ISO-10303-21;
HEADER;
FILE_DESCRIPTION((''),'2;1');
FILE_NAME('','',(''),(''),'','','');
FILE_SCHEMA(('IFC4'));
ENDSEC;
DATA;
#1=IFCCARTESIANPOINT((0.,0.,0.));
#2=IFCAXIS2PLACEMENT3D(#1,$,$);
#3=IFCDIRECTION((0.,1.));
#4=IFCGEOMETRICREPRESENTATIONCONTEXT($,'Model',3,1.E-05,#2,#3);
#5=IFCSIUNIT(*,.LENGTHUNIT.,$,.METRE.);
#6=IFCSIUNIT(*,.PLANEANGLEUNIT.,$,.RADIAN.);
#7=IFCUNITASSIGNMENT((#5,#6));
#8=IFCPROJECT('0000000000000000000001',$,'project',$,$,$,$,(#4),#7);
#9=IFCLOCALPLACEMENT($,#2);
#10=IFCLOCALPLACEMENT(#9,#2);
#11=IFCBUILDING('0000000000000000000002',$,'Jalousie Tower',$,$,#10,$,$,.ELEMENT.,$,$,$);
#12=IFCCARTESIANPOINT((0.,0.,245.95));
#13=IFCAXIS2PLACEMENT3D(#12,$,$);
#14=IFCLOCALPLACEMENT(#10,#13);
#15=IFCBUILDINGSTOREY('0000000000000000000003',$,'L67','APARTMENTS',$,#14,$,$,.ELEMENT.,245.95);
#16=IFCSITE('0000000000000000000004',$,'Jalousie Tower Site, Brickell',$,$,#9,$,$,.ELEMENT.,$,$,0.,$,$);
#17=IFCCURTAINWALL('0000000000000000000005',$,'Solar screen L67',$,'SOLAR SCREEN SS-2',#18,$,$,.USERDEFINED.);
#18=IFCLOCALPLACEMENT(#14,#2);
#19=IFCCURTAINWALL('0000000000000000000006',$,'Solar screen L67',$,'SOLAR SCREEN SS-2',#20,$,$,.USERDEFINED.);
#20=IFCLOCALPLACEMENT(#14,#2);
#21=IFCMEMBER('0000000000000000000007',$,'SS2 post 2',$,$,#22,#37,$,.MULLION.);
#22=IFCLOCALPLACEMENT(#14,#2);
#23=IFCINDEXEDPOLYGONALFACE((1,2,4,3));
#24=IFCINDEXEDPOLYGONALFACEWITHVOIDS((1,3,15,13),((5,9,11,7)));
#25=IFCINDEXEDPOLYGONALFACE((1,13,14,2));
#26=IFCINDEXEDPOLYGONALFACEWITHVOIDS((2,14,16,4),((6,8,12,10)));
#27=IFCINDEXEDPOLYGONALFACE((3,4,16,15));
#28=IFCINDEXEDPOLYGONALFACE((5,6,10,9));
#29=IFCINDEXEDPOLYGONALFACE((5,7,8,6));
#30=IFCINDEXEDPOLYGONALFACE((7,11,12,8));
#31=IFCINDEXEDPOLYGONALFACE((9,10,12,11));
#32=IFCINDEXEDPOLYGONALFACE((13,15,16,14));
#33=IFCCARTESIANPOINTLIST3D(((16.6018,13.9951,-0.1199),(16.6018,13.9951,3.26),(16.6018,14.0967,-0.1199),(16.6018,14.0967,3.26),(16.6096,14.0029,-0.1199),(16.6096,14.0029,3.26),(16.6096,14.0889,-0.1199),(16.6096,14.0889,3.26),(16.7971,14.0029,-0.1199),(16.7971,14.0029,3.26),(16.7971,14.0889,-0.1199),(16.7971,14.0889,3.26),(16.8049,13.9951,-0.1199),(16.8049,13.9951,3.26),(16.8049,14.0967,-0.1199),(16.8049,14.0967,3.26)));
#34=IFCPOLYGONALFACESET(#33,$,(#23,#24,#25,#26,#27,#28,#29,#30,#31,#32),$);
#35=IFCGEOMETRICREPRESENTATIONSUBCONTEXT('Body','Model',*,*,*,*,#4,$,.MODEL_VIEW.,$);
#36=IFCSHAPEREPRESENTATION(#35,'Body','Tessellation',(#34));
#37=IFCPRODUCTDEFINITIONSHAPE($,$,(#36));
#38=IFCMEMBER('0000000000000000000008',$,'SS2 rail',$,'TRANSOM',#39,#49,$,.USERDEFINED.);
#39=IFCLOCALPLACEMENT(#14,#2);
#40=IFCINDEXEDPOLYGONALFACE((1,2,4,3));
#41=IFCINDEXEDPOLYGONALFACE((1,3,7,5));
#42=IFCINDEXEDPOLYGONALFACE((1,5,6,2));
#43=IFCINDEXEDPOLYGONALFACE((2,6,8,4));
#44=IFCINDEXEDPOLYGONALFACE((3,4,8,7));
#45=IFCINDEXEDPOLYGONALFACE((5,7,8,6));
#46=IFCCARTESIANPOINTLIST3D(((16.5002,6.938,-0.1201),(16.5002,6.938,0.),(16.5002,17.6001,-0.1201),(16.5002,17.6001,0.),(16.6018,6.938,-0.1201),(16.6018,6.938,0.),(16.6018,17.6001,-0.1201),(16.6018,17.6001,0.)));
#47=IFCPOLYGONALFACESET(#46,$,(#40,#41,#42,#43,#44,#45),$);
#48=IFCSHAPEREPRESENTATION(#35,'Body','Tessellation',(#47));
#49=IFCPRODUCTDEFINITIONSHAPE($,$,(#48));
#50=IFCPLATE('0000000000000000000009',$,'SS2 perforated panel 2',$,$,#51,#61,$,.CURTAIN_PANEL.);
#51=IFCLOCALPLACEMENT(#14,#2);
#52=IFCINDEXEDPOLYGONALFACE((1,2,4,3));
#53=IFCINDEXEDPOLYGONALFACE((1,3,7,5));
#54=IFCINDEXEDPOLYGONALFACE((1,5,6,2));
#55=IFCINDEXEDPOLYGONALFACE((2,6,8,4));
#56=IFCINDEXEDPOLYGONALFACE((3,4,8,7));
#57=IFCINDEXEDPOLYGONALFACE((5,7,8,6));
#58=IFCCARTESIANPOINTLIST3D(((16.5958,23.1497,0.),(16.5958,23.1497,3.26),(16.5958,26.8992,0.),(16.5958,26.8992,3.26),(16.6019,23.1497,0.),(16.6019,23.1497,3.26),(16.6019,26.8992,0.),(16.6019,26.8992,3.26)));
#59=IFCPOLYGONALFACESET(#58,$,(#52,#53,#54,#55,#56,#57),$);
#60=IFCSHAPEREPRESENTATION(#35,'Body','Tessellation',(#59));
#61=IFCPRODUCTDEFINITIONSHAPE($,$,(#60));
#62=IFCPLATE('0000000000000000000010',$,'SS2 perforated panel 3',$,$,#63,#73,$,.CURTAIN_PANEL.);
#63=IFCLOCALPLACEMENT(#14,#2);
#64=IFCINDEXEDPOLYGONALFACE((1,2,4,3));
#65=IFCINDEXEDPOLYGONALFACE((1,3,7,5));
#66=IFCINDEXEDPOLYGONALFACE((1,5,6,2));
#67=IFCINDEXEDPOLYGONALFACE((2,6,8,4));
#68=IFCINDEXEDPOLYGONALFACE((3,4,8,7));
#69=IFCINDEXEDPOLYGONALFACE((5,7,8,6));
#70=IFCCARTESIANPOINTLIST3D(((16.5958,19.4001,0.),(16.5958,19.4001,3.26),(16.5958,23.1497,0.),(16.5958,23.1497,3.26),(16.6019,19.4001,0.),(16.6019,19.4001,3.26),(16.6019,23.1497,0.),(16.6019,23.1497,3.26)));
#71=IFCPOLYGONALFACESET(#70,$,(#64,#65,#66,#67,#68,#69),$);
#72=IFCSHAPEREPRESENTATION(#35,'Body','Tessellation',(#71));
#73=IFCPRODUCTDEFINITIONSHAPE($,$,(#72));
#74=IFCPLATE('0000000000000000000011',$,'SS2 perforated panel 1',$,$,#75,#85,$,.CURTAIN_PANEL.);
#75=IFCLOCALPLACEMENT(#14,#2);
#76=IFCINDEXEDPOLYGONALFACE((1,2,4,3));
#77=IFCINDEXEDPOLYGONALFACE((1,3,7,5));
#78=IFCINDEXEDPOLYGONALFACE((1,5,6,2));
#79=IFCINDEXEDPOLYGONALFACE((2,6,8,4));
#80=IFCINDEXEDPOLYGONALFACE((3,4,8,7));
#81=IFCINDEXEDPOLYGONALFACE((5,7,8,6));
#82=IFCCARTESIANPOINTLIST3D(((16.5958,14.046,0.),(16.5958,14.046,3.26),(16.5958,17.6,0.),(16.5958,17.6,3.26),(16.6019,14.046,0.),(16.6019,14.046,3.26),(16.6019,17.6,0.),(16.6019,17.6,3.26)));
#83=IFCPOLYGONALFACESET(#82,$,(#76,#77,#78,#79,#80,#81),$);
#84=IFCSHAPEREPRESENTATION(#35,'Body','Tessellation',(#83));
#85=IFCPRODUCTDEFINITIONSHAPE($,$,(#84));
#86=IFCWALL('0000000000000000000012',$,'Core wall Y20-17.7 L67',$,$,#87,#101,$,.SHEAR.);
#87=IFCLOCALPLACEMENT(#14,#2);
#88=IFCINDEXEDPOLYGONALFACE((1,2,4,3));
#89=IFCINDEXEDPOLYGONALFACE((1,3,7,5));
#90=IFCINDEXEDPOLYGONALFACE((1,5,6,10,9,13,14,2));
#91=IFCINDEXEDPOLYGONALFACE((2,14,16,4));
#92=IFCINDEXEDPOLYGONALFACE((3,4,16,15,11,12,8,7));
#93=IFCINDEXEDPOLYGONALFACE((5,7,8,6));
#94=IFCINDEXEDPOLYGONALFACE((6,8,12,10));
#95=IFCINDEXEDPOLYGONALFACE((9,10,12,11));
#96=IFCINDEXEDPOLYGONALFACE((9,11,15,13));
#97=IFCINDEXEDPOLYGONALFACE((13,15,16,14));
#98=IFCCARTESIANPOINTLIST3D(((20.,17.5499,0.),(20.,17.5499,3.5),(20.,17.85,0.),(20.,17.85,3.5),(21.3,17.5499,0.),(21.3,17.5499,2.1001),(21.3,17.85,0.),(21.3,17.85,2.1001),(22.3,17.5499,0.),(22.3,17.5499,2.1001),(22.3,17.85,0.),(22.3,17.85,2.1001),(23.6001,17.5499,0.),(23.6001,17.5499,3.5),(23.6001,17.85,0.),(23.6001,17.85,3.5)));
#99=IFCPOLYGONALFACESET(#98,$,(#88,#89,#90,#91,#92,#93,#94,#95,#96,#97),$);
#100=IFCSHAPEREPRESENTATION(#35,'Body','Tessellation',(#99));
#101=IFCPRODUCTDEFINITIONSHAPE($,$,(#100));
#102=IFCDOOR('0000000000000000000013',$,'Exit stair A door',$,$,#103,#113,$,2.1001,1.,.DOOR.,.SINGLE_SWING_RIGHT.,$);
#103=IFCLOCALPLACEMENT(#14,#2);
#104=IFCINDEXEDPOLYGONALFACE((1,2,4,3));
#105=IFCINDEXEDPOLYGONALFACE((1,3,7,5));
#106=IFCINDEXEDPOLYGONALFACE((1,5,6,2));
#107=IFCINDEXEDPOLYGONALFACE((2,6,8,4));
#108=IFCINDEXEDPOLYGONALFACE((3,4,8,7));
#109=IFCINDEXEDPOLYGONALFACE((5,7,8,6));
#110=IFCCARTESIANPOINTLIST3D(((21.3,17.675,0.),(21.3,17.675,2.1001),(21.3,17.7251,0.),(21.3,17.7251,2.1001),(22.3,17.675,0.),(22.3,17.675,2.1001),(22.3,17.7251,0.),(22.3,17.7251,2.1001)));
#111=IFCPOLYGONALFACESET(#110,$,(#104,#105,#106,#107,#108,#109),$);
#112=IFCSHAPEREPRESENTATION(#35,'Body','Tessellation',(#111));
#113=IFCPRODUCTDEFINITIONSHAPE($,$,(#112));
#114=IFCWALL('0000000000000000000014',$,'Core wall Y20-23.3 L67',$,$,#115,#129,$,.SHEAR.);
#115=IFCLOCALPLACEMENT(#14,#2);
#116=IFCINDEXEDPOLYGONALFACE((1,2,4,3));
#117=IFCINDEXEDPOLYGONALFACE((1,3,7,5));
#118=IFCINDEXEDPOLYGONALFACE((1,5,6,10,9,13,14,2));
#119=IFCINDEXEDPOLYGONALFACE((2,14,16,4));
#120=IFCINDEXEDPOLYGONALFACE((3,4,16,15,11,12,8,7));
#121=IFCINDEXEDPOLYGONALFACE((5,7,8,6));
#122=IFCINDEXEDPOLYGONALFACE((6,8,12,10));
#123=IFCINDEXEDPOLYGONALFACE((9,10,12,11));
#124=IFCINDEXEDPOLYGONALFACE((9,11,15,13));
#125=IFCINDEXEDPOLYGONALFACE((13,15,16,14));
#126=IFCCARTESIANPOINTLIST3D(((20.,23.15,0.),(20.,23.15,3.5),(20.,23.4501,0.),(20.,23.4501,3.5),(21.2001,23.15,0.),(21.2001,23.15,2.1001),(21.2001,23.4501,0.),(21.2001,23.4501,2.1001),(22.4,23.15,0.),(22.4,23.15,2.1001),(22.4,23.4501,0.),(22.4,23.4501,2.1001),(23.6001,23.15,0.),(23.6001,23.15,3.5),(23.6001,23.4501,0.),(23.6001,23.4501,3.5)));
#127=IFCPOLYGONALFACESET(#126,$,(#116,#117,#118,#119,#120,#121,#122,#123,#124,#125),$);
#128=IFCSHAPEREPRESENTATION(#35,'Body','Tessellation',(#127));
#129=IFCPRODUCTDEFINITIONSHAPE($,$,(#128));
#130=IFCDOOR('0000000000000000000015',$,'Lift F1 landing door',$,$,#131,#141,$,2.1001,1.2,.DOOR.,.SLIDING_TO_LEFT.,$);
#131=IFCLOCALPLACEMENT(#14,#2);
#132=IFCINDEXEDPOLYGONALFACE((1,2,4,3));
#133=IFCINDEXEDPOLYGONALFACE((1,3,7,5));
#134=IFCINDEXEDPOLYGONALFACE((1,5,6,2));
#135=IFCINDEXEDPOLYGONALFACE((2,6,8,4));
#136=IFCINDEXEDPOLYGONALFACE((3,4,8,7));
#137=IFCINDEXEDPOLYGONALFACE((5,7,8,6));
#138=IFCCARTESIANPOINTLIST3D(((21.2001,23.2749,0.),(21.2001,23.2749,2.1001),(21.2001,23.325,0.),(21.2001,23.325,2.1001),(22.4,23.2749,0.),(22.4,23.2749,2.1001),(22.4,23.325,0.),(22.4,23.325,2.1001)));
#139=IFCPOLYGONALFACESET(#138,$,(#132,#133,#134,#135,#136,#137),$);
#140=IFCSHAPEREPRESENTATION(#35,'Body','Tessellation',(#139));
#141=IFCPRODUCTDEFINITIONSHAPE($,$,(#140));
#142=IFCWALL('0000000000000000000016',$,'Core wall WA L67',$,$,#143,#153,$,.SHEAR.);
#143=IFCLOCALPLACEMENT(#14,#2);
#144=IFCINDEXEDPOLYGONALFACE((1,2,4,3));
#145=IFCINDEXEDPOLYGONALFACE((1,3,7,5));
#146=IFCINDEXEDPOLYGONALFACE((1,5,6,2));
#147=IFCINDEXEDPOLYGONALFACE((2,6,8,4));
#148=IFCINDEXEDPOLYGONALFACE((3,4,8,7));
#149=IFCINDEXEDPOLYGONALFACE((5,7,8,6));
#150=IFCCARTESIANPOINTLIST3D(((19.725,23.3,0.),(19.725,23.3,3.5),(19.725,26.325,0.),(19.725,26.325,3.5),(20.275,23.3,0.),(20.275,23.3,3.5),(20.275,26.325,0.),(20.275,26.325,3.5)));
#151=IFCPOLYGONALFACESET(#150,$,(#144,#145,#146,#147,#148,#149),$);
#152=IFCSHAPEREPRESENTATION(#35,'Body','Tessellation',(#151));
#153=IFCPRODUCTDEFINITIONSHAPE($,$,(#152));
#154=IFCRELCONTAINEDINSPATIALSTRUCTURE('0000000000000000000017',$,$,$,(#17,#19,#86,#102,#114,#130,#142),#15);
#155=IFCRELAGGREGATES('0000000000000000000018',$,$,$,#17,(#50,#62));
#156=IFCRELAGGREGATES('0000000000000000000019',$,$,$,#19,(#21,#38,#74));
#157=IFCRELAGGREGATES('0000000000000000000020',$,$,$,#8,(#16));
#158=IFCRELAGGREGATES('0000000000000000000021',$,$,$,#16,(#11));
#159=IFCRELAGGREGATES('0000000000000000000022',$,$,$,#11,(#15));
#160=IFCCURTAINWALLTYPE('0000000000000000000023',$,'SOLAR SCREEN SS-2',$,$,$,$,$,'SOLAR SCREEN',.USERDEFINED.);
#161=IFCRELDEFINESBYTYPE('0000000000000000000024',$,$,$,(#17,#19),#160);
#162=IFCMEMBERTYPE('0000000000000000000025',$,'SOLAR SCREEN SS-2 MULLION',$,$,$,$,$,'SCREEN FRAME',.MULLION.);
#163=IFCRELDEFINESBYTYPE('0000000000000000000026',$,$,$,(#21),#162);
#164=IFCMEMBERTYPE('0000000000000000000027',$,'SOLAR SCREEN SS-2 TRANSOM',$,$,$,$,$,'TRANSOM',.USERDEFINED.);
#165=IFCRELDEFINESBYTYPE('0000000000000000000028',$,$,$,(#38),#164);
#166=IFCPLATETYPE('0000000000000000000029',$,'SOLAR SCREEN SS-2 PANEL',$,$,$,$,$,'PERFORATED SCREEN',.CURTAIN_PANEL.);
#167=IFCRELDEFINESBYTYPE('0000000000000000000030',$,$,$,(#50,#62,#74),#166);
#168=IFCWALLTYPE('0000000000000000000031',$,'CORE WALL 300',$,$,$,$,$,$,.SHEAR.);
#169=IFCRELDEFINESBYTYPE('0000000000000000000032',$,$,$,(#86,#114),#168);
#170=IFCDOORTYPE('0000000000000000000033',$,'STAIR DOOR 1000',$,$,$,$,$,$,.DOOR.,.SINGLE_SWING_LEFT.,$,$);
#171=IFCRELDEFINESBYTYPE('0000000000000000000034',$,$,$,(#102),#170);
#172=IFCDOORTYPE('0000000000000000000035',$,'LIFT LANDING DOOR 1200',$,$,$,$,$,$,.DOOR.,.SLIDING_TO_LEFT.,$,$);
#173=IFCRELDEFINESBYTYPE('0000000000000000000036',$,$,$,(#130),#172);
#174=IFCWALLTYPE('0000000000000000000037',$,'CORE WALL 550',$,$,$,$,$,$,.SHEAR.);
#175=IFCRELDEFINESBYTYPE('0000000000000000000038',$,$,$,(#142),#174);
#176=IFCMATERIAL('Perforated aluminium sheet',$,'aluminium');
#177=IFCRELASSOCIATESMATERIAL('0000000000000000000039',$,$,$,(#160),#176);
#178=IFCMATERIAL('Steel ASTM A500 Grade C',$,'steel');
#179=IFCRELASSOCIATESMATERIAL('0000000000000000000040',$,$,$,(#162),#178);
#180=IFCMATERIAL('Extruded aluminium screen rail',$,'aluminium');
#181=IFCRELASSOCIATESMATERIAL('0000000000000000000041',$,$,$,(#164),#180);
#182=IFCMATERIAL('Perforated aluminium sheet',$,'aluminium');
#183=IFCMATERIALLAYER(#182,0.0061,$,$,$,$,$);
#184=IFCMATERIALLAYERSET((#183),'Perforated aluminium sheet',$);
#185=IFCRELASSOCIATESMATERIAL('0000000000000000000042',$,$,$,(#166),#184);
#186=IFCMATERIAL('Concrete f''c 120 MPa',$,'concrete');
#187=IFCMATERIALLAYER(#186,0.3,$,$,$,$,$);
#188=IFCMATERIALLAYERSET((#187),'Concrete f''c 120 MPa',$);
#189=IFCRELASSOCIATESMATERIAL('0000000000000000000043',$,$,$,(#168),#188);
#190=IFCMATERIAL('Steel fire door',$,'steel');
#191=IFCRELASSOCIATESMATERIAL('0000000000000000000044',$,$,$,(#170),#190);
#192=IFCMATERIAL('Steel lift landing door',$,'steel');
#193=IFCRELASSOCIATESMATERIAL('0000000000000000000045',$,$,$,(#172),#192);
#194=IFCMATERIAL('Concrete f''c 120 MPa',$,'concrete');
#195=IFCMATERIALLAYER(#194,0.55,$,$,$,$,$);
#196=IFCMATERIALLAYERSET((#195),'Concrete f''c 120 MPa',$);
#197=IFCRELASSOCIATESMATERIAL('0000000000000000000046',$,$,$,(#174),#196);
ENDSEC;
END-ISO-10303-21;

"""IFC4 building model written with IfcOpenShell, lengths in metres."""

from ifc_helpers import new_model, si_unit, direction, frame, frame_2d, origin, origin_2d, place, context, subcontext, project, spatial, rectangle, hollow_rectangle, extrude, material, layer, layer_set, material_profile, profile_set, type_object, element, fill, aggregate, save


model = new_model("IFC4")

# Units and contexts
model_context = context("Model", 3, precision=1e-05, world=origin(), true_north=direction((0.0, 1.0)))
body_context = subcontext(model_context, "Body", "Model", "MODEL_VIEW")
ifc_project = project(units=[si_unit("LENGTHUNIT", "METRE"), si_unit("PLANEANGLEUNIT", "RADIAN")], contexts=[model_context])

# Site, building, storey
site_placement = place(None, origin())
site = spatial("IfcSite", under=ifc_project, at=site_placement, Name="Jalousie Tower Site, Brickell", CompositionType="ELEMENT", RefElevation=0.0)
building_placement = place(site_placement, origin())
building = spatial("IfcBuilding", under=site, at=building_placement, Name="Jalousie Tower", CompositionType="ELEMENT")
storey_placement = place(building_placement, frame((0.0, 0.0, 245.95)))
storey = spatial("IfcBuildingStorey", under=building, at=storey_placement, Name="L67", Description="APARTMENTS", CompositionType="ELEMENT", Elevation=245.95)

# Curtain walls, members
ifc_material_1 = material(Name="Perforated aluminium sheet", Category="aluminium")
curtain_wall_type = type_object("IfcCurtainWallType", Name="SOLAR SCREEN SS-2", ElementType="SOLAR SCREEN", PredefinedType="USERDEFINED", material=ifc_material_1)
curtain_wall_1_placement = place(storey_placement, origin())
curtain_wall_1 = element("IfcCurtainWall", 1, at=curtain_wall_1_placement, inside=storey, type_object=curtain_wall_type, Name="Solar screen L67", ObjectType="SOLAR SCREEN SS-2", PredefinedType="USERDEFINED")
ifc_material_2 = material(Name="Steel ASTM A500 Grade C", Category="steel")
ifc_material_profile_1 = material_profile(ifc_material_2, hollow_rectangle(XDim=0.1016, YDim=0.2031, WallThickness=0.0078, at=origin_2d()), Name="HSS8X4X5/16")
ifc_profile_set_1 = profile_set([ifc_material_profile_1], Name="Steel ASTM A500 Grade C")
member_type_1 = type_object("IfcMemberType", Name="SOLAR SCREEN SS-2 MULLION", ElementType="SCREEN FRAME", PredefinedType="MULLION", material=ifc_profile_set_1)
curtain_wall_2_placement = place(storey_placement, origin())
curtain_wall_2 = element("IfcCurtainWall", 2, at=curtain_wall_2_placement, inside=storey, type_object=curtain_wall_type, Name="Solar screen L67", ObjectType="SOLAR SCREEN SS-2", PredefinedType="USERDEFINED")
member_1_placement = place(storey_placement, frame((16.7034, 14.0459, -0.1199), z_axis=(0.0, 0.0, 1.0), x_axis=(0.0, -1.0, 0.0)))
member_1 = element("IfcMember", 3, at=member_1_placement, type_object=member_type_1, Name="SS2 post 2", PredefinedType="MULLION", context=body_context, shape_type="SweptSolid", body=[
    extrude(hollow_rectangle(XDim=0.1016, YDim=0.2031, WallThickness=0.0078, at=origin_2d()), origin(), (0.0, 0.0, 1.0), 3.3799),
])
ifc_material_3 = material(Name="Extruded aluminium screen rail", Category="aluminium")
ifc_material_profile_2 = material_profile(ifc_material_3, rectangle(XDim=0.1016, YDim=0.1201, at=origin_2d()), Name="RAIL 102x120")
ifc_profile_set_2 = profile_set([ifc_material_profile_2], Name="Extruded aluminium screen rail")
member_type_2 = type_object("IfcMemberType", Name="SOLAR SCREEN SS-2 TRANSOM", ElementType="TRANSOM", PredefinedType="USERDEFINED", material=ifc_profile_set_2)
member_2_placement = place(storey_placement, frame((16.551, 17.6001, -0.0601), z_axis=(0.0, -1.0, 0.0), x_axis=(1.0, 0.0, 0.0)))
member_2 = element("IfcMember", 4, at=member_2_placement, type_object=member_type_2, Name="SS2 rail", ObjectType="TRANSOM", PredefinedType="USERDEFINED", context=body_context, shape_type="SweptSolid", body=[
    extrude(rectangle(XDim=0.1016, YDim=0.1201, at=origin_2d()), origin(), (0.0, 0.0, 1.0), 10.6621),
])

# Plates
ifc_material_4 = material(Name="Perforated aluminium sheet", Category="aluminium")
ifc_layer_1 = layer(ifc_material_4, 0.0061)
ifc_layer_set_1 = layer_set([ifc_layer_1], Name="Perforated aluminium sheet")
plate_type = type_object("IfcPlateType", Name="SOLAR SCREEN SS-2 PANEL", ElementType="PERFORATED SCREEN", PredefinedType="CURTAIN_PANEL", material=ifc_layer_set_1)
plate_1_placement = place(storey_placement, frame((16.5989, 25.0244, 0.0), z_axis=(0.0, 0.0, 1.0), x_axis=(0.0, -1.0, 0.0)))
plate_1 = element("IfcPlate", 5, at=plate_1_placement, type_object=plate_type, Name="SS2 perforated panel 2", PredefinedType="CURTAIN_PANEL", context=body_context, shape_type="SweptSolid", body=[
    extrude(rectangle(XDim=3.7495, YDim=0.0061, at=origin_2d()), origin(), (0.0, 0.0, 1.0), 3.26),
])
plate_2_placement = place(storey_placement, frame((16.5989, 21.2749, 0.0), z_axis=(0.0, 0.0, 1.0), x_axis=(0.0, -1.0, 0.0)))
plate_2 = element("IfcPlate", 6, at=plate_2_placement, type_object=plate_type, Name="SS2 perforated panel 3", PredefinedType="CURTAIN_PANEL", context=body_context, shape_type="SweptSolid", body=[
    extrude(rectangle(XDim=3.7495, YDim=0.0061, at=origin_2d()), origin(), (0.0, 0.0, 1.0), 3.26),
])
aggregate(curtain_wall_1, [plate_1, plate_2])
plate_3_placement = place(storey_placement, frame((16.5989, 15.823, 0.0), z_axis=(0.0, 0.0, 1.0), x_axis=(0.0, -1.0, 0.0)))
plate_3 = element("IfcPlate", 7, at=plate_3_placement, type_object=plate_type, Name="SS2 perforated panel 1", PredefinedType="CURTAIN_PANEL", context=body_context, shape_type="SweptSolid", body=[
    extrude(rectangle(XDim=3.554, YDim=0.0061, at=origin_2d()), origin(), (0.0, 0.0, 1.0), 3.26),
])
aggregate(curtain_wall_2, [member_1, member_2, plate_3])

# Walls, openings, doors
ifc_material_5 = material(Name="Concrete f'c 120 MPa", Category="concrete")
ifc_layer_2 = layer(ifc_material_5, 0.3)
ifc_layer_set_2 = layer_set([ifc_layer_2], Name="Concrete f'c 120 MPa")
wall_type_1 = type_object("IfcWallType", Name="CORE WALL 300", PredefinedType="SHEAR", material=ifc_layer_set_2)
wall_1_placement = place(storey_placement, frame((20.0, 17.7, 0.0), z_axis=(0.0, 0.0, 1.0), x_axis=(1.0, 0.0, 0.0)))
wall_1 = element("IfcWall", 8, at=wall_1_placement, inside=storey, type_object=wall_type_1, Name="Core wall Y20-17.7 L67", PredefinedType="SHEAR", context=body_context, shape_type="SweptSolid", body=[
    extrude(rectangle(XDim=3.6001, YDim=0.3, at=frame_2d((1.8, 0.0))), origin(), (0.0, 0.0, 1.0), 3.5),
])
opening_1_placement = place(wall_1_placement, frame((1.3, 0.0, 0.0)))
opening_1 = element("IfcOpeningElement", 9, at=opening_1_placement, cuts=wall_1, PredefinedType="OPENING", context=body_context, shape_type="SweptSolid", body=[
    extrude(rectangle(XDim=1.0, YDim=2.1001, at=frame_2d((0.5, 1.05))), frame((0.0, 0.1599, 0.0), z_axis=(0.0, -1.0, 0.0), x_axis=(1.0, 0.0, 0.0)), (0.0, 0.0, 1.0), 0.3201),
])
ifc_material_6 = material(Name="Steel fire door", Category="steel")
door_type_1 = type_object("IfcDoorType", Name="STAIR DOOR 1000", OperationType="SINGLE_SWING_LEFT", PredefinedType="DOOR", material=ifc_material_6)
door_1_placement = place(opening_1_placement, frame((1.0, 0.0, 0.0), z_axis=(0.0, 0.0, 1.0), x_axis=(-1.0, 0.0, 0.0)))
door_1 = element("IfcDoor", 10, at=door_1_placement, inside=storey, type_object=door_type_1, Name="Exit stair A door", OperationType="SINGLE_SWING_RIGHT", OverallHeight=2.1001, OverallWidth=1.0, PredefinedType="DOOR", context=body_context, shape_type="SweptSolid", body=[
    extrude(rectangle(XDim=1.0, YDim=2.1001, at=frame_2d((0.5, 1.05))), frame((0.0, 0.0249, 0.0), z_axis=(0.0, -1.0, 0.0), x_axis=(1.0, 0.0, 0.0)), (0.0, 0.0, 1.0), 0.05),
])
fill(opening_1, door_1)
wall_2_placement = place(storey_placement, frame((20.0, 23.3, 0.0), z_axis=(0.0, 0.0, 1.0), x_axis=(1.0, 0.0, 0.0)))
wall_2 = element("IfcWall", 11, at=wall_2_placement, inside=storey, type_object=wall_type_1, Name="Core wall Y20-23.3 L67", PredefinedType="SHEAR", context=body_context, shape_type="SweptSolid", body=[
    extrude(rectangle(XDim=3.6001, YDim=0.3, at=frame_2d((1.8, 0.0))), origin(), (0.0, 0.0, 1.0), 3.5),
])
opening_2_placement = place(wall_2_placement, frame((1.2, 0.0, 0.0)))
opening_2 = element("IfcOpeningElement", 12, at=opening_2_placement, cuts=wall_2, PredefinedType="OPENING", context=body_context, shape_type="SweptSolid", body=[
    extrude(rectangle(XDim=1.2, YDim=2.1001, at=frame_2d((0.6001, 1.05))), frame((0.0, 0.1599, 0.0), z_axis=(0.0, -1.0, 0.0), x_axis=(1.0, 0.0, 0.0)), (0.0, 0.0, 1.0), 0.3201),
])
ifc_material_7 = material(Name="Steel lift landing door", Category="steel")
door_type_2 = type_object("IfcDoorType", Name="LIFT LANDING DOOR 1200", OperationType="SLIDING_TO_LEFT", PredefinedType="DOOR", material=ifc_material_7)
door_2_placement = place(opening_2_placement, origin())
door_2 = element("IfcDoor", 13, at=door_2_placement, inside=storey, type_object=door_type_2, Name="Lift F1 landing door", OperationType="SLIDING_TO_LEFT", OverallHeight=2.1001, OverallWidth=1.2, PredefinedType="DOOR", context=body_context, shape_type="SweptSolid", body=[
    extrude(rectangle(XDim=1.2, YDim=2.1001, at=frame_2d((0.6001, 1.05))), frame((0.0, 0.0249, 0.0), z_axis=(0.0, -1.0, 0.0), x_axis=(1.0, 0.0, 0.0)), (0.0, 0.0, 1.0), 0.05),
])
fill(opening_2, door_2)

# Wall
ifc_material_8 = material(Name="Concrete f'c 120 MPa", Category="concrete")
ifc_layer_3 = layer(ifc_material_8, 0.55)
ifc_layer_set_3 = layer_set([ifc_layer_3], Name="Concrete f'c 120 MPa")
wall_type_2 = type_object("IfcWallType", Name="CORE WALL 550", PredefinedType="SHEAR", material=ifc_layer_set_3)
wall_3_placement = place(storey_placement, frame((20.0, 26.325, 0.0), z_axis=(0.0, 0.0, 1.0), x_axis=(0.0, -1.0, 0.0)))
element("IfcWall", 14, at=wall_3_placement, inside=storey, type_object=wall_type_2, Name="Core wall WA L67", PredefinedType="SHEAR", context=body_context, shape_type="SweptSolid", body=[
    extrude(rectangle(XDim=3.0249, YDim=0.55, at=frame_2d((1.5125, 0.0))), origin(), (0.0, 0.0, 1.0), 3.5),
])

save(model, "model.ifc")
